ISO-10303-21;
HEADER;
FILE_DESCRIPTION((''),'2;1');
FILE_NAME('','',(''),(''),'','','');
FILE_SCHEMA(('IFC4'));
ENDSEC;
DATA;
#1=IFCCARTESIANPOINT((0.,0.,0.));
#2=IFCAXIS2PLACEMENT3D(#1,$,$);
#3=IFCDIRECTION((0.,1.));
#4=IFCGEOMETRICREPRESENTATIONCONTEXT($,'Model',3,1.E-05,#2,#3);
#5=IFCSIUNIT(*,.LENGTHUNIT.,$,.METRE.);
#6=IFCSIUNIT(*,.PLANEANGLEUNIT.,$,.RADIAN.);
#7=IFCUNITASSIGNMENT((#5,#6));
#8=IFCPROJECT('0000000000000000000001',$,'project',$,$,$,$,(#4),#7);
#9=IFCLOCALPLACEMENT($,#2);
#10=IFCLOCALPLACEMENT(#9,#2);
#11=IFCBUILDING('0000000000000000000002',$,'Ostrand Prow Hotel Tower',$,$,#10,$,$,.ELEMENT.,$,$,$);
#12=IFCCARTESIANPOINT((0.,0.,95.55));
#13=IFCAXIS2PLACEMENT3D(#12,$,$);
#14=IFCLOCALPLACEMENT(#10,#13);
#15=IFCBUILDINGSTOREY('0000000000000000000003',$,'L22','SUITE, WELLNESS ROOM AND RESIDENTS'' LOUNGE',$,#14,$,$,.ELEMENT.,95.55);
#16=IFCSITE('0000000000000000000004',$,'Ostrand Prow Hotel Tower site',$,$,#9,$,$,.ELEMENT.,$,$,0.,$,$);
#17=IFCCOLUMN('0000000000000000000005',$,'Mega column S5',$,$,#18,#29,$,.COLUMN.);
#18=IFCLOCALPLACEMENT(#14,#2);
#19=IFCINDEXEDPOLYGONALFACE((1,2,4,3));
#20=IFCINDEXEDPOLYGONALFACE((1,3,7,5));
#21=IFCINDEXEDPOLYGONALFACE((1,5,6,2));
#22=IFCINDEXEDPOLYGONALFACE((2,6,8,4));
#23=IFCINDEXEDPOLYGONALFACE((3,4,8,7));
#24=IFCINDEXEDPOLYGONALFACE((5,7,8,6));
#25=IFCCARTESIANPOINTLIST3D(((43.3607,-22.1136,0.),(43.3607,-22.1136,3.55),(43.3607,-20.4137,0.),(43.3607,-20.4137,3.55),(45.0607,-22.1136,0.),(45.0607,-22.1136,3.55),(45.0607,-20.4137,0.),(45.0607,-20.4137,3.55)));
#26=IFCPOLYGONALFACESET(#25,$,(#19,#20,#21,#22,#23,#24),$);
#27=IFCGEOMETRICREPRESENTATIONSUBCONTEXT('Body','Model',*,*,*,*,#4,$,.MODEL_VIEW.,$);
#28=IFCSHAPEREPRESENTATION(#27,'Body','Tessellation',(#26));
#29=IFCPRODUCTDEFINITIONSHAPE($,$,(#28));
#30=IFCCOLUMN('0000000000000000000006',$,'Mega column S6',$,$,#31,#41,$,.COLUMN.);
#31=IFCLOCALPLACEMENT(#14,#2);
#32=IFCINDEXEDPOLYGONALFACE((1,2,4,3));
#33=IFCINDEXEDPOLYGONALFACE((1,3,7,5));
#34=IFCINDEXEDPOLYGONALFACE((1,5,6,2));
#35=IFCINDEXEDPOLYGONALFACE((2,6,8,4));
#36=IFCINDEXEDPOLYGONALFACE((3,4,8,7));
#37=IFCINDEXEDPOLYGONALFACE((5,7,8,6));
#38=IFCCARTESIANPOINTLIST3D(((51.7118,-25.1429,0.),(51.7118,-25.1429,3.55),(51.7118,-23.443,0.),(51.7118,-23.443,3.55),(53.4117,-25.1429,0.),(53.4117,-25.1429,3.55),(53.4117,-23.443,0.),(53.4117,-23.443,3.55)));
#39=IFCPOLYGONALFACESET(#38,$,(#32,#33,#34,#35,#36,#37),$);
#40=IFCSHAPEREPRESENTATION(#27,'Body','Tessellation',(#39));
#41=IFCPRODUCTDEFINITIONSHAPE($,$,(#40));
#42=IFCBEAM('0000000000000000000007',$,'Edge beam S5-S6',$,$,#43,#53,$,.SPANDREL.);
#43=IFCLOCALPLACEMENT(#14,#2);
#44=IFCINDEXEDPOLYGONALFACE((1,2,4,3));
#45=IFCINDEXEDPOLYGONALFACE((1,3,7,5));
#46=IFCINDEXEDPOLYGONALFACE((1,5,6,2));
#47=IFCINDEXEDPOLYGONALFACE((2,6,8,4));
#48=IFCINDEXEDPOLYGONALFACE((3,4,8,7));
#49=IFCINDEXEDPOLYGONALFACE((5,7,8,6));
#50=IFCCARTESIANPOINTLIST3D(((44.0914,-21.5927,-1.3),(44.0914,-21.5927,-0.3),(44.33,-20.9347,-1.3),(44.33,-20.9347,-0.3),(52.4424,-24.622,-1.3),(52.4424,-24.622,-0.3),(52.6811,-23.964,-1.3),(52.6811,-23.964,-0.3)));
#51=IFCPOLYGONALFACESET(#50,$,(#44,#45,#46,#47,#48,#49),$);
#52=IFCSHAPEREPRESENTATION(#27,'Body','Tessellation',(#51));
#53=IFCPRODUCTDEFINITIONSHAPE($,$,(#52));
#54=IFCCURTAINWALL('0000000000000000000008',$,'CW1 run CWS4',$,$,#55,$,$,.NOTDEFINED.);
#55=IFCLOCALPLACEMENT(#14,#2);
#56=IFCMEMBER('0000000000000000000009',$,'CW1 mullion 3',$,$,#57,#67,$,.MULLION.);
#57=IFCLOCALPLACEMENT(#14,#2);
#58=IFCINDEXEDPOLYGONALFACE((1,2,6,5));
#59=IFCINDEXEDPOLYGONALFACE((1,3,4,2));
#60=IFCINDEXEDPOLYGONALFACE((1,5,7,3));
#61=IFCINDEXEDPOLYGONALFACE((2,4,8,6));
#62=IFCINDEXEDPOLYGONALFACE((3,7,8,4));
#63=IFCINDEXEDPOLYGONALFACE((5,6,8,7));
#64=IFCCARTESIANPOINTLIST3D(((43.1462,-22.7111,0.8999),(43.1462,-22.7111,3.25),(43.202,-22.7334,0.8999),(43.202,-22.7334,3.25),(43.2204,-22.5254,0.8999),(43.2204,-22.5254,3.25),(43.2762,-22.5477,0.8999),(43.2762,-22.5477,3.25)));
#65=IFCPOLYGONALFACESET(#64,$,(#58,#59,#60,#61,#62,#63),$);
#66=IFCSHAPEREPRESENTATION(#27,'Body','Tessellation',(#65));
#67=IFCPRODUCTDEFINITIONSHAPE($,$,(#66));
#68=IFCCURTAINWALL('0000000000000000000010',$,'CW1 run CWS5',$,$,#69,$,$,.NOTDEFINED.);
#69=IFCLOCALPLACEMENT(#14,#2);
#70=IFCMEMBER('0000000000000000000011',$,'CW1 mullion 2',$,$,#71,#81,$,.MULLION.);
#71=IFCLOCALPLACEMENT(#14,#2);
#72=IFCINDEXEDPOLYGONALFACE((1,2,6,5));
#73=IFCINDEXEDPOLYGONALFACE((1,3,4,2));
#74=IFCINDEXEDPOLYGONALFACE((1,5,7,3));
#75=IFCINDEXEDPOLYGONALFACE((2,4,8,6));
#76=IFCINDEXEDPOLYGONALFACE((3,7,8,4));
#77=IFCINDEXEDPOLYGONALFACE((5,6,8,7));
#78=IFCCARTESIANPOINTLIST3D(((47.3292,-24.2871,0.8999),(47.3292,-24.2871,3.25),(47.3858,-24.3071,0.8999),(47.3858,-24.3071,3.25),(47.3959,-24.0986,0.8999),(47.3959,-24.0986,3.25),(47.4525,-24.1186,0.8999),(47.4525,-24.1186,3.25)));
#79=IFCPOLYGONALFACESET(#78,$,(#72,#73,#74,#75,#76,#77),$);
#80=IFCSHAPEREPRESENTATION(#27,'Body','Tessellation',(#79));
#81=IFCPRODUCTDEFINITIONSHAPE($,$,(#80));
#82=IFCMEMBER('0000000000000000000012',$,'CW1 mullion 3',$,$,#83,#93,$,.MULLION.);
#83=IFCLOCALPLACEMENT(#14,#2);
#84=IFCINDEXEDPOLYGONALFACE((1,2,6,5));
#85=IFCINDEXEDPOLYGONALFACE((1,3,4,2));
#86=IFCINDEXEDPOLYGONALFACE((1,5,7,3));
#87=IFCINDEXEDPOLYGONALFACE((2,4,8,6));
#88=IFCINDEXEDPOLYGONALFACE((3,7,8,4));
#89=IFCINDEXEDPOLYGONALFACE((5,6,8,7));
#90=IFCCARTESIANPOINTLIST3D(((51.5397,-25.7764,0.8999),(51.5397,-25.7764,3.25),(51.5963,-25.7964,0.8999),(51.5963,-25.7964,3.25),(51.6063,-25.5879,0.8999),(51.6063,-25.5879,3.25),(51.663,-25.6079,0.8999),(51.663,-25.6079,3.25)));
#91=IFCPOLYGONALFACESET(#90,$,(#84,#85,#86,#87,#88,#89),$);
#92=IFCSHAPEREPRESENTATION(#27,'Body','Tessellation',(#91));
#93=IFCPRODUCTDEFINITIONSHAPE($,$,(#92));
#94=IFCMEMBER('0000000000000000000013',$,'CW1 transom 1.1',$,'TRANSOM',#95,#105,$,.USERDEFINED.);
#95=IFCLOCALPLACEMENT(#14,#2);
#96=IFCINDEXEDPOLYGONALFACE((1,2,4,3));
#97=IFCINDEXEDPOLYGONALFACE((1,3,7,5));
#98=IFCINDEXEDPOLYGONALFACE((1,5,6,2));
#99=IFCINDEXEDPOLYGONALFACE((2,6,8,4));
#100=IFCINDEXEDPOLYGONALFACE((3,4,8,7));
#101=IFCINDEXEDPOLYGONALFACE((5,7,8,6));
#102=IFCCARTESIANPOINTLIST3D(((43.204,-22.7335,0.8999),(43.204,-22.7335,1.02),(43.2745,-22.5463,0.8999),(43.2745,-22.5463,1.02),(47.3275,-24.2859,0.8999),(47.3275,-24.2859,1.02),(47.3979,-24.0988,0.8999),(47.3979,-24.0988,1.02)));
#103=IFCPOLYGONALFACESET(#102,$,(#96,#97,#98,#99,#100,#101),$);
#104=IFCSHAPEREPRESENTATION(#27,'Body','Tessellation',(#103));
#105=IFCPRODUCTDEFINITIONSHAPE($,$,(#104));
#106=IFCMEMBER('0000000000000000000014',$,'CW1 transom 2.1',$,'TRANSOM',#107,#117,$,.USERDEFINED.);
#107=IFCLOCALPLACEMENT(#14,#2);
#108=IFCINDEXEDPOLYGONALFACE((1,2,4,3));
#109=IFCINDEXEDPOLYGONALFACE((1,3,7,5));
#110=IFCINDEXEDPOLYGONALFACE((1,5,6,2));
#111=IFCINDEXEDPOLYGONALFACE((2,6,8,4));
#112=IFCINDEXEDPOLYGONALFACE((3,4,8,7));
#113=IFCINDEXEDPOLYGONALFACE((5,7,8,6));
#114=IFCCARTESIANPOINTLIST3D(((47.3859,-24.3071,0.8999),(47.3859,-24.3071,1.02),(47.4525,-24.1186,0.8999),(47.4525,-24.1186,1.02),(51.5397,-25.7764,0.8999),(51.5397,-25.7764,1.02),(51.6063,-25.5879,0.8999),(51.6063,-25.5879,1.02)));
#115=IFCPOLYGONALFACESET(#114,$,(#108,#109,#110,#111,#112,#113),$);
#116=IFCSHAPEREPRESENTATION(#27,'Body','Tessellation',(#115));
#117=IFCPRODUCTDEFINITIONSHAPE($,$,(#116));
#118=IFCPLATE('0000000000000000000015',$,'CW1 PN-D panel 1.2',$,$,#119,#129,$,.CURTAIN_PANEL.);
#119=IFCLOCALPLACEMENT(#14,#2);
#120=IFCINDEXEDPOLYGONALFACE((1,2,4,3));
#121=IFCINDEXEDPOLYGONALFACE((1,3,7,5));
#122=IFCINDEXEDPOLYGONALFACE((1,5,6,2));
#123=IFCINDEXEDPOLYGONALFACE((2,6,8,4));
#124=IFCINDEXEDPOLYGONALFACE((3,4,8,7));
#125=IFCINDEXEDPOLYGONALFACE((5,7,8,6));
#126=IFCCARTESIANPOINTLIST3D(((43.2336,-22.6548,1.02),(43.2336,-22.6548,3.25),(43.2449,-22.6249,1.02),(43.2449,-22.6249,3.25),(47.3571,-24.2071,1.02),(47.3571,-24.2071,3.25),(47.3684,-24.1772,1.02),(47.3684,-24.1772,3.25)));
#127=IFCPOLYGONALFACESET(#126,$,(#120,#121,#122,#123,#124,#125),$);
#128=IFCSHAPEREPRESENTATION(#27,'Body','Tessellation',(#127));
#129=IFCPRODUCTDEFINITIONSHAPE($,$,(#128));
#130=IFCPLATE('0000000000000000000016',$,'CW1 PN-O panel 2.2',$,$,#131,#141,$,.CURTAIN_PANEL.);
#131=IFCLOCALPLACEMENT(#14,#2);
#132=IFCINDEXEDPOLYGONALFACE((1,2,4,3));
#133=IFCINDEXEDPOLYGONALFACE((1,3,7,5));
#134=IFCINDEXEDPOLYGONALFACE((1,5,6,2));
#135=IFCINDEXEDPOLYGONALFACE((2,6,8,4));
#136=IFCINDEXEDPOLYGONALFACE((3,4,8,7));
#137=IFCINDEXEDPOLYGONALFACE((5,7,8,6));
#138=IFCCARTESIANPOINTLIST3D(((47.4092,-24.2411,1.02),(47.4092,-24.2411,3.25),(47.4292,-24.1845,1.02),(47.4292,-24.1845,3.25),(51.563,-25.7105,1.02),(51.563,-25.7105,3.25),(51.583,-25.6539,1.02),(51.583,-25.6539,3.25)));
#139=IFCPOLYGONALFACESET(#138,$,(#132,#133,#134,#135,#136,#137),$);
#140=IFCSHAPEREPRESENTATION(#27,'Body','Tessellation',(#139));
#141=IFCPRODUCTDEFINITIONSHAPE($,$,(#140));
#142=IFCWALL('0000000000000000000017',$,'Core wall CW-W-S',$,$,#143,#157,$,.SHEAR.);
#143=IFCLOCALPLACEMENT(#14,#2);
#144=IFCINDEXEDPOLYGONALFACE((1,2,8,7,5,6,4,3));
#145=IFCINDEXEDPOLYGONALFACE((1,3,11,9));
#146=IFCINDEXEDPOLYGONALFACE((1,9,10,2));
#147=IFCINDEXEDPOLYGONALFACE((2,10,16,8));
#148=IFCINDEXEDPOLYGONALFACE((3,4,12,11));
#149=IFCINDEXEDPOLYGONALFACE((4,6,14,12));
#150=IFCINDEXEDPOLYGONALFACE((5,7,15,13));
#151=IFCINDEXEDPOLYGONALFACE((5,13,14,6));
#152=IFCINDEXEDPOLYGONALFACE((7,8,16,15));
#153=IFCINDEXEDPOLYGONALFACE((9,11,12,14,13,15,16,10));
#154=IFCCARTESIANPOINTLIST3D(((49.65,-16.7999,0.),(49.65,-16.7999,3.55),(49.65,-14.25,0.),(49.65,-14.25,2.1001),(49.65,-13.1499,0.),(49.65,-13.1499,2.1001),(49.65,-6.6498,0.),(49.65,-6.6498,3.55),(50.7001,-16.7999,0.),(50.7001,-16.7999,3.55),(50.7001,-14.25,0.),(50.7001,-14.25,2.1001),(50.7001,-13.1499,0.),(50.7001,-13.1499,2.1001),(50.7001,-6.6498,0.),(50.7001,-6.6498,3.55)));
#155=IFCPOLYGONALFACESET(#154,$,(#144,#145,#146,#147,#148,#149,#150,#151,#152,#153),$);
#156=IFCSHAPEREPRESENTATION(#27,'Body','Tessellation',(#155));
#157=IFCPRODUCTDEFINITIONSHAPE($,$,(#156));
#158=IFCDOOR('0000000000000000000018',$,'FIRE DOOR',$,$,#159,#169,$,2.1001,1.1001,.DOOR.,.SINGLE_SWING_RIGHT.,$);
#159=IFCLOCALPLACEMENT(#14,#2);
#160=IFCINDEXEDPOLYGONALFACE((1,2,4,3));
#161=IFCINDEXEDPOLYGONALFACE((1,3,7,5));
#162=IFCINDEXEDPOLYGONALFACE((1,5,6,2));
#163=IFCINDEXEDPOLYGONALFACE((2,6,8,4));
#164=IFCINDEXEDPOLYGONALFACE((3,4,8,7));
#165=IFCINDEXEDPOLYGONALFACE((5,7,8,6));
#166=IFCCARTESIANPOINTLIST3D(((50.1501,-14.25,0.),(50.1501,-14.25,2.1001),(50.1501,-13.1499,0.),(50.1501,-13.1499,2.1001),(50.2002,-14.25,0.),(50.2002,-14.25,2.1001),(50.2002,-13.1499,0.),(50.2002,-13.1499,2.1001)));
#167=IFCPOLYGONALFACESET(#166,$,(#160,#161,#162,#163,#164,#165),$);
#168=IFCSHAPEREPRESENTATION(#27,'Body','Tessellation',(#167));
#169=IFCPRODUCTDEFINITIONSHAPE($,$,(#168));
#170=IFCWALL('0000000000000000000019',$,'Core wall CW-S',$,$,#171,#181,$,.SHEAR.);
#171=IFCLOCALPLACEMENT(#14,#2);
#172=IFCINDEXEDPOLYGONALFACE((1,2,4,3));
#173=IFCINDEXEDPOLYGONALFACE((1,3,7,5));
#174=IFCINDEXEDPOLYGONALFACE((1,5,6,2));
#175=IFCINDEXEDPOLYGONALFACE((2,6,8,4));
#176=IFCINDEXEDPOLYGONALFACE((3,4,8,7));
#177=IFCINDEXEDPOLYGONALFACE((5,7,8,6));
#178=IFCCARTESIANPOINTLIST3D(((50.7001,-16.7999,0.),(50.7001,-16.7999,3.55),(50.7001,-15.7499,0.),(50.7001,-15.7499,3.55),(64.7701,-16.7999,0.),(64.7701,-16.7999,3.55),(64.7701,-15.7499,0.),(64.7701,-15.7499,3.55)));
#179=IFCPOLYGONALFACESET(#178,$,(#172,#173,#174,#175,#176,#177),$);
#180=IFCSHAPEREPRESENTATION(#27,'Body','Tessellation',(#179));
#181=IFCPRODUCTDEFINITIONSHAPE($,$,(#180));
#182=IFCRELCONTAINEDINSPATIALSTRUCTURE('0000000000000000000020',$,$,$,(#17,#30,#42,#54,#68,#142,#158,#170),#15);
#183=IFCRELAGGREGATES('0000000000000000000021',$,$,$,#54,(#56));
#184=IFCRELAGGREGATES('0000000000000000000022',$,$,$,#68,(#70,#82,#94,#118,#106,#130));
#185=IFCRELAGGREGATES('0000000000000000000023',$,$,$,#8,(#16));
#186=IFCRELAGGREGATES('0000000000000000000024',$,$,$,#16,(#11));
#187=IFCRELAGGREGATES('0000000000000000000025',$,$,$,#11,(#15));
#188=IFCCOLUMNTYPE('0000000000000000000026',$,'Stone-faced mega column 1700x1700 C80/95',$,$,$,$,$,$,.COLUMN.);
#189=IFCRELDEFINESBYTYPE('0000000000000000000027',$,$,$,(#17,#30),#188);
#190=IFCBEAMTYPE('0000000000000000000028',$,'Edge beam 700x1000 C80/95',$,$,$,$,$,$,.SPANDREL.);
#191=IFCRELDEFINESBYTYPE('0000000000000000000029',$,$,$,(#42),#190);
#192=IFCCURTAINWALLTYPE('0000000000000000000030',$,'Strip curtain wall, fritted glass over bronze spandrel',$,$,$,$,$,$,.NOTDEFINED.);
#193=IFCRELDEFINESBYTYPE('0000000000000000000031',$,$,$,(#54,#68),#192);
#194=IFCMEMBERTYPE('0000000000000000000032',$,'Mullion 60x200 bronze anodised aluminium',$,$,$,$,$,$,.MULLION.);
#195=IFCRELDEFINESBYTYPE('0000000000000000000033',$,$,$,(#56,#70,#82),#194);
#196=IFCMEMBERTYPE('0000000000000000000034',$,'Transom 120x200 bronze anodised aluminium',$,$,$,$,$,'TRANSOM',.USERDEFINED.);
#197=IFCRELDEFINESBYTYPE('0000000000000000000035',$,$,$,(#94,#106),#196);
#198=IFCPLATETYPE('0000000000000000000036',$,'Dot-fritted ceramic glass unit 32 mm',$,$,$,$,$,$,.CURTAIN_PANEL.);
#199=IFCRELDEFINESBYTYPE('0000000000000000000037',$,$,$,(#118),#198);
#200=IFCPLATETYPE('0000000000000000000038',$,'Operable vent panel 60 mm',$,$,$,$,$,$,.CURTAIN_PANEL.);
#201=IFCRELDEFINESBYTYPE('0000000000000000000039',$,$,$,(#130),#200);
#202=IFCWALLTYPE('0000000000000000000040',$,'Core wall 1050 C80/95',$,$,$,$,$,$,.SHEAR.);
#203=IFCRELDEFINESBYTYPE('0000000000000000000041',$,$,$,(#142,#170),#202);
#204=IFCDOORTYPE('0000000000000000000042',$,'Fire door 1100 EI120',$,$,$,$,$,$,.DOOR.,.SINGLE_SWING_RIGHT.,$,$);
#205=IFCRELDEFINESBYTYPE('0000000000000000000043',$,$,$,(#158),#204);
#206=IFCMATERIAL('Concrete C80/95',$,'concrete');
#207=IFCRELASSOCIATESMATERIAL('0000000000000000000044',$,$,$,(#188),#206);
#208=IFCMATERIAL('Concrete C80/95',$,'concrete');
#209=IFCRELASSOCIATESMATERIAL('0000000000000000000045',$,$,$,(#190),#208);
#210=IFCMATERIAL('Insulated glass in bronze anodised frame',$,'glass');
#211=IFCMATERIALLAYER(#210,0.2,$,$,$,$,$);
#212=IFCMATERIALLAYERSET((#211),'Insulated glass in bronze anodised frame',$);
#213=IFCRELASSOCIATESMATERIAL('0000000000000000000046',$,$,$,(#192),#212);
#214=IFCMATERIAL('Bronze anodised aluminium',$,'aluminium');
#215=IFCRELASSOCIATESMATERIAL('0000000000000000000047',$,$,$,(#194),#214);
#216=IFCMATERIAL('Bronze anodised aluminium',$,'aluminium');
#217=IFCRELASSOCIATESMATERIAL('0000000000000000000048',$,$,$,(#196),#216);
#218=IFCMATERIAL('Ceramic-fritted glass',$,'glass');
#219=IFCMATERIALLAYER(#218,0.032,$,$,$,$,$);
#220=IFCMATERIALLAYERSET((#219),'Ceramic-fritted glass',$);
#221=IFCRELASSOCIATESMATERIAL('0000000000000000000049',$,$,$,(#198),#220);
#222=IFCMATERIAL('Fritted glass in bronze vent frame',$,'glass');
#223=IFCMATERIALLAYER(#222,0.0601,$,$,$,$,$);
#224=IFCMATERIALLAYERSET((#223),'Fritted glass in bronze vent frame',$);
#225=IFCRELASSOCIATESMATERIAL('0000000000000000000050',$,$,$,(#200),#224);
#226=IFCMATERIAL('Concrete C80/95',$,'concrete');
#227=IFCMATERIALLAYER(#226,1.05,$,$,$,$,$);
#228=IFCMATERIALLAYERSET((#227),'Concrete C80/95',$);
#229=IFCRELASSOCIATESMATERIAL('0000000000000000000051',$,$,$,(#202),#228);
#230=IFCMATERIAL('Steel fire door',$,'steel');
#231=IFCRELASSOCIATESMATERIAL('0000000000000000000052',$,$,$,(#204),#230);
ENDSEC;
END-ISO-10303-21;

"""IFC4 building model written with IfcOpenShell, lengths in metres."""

from ifc_helpers import new_model, si_unit, direction, frame, frame_2d, origin, origin_2d, place, context, subcontext, project, spatial, rectangle, extrude, material, layer, layer_set, material_profile, profile_set, type_object, element, fill, aggregate, save


model = new_model("IFC4")

# Units and contexts
model_context = context("Model", 3, precision=1e-05, world=origin(), true_north=direction((0.0, 1.0)))
body_context = subcontext(model_context, "Body", "Model", "MODEL_VIEW")
ifc_project = project(units=[si_unit("LENGTHUNIT", "METRE"), si_unit("PLANEANGLEUNIT", "RADIAN")], contexts=[model_context])

# Site, building, storey
site_placement = place(None, origin())
site = spatial("IfcSite", under=ifc_project, at=site_placement, Name="Ostrand Prow Hotel Tower site", CompositionType="ELEMENT", RefElevation=0.0)
building_placement = place(site_placement, origin())
building = spatial("IfcBuilding", under=site, at=building_placement, Name="Ostrand Prow Hotel Tower", CompositionType="ELEMENT")
storey_placement = place(building_placement, frame((0.0, 0.0, 95.55)))
storey = spatial("IfcBuildingStorey", under=building, at=storey_placement, Name="L22", Description="SUITE, WELLNESS ROOM AND RESIDENTS' LOUNGE", CompositionType="ELEMENT", Elevation=95.55)

# Columns
ifc_material_1 = material(Name="Concrete C80/95", Category="concrete")
ifc_material_profile_1 = material_profile(ifc_material_1, rectangle(XDim=1.7, YDim=1.7, at=origin_2d()), Name="RC 1700x1700")
ifc_profile_set_1 = profile_set([ifc_material_profile_1], Name="Concrete C80/95")
column_type = type_object("IfcColumnType", Name="Stone-faced mega column 1700x1700 C80/95", PredefinedType="COLUMN", material=ifc_profile_set_1)
for number, where, z_axis, x_axis, name in (
    (1, (44.2107, -21.2637, 0.0), (0.0, 0.0, 1.0), (1.0, 0.0, 0.0), "Mega column S5"),
    (2, (52.5618, -24.293, 0.0), (0.0, 0.0, 1.0), (1.0, 0.0, 0.0), "Mega column S6"),
):
    element("IfcColumn", number, at=place(storey_placement, frame(where, z_axis=z_axis, x_axis=x_axis)), inside=storey, type_object=column_type, Name=name, PredefinedType="COLUMN", context=body_context, shape_type="SweptSolid", body=[
        extrude(rectangle(XDim=1.7, YDim=1.7, at=origin_2d()), origin(), (0.0, 0.0, 1.0), 3.55),
    ])

# Beam
ifc_material_2 = material(Name="Concrete C80/95", Category="concrete")
ifc_material_profile_2 = material_profile(ifc_material_2, rectangle(XDim=0.7, YDim=1.0, at=origin_2d()), Name="RC 700x1000")
ifc_profile_set_2 = profile_set([ifc_material_profile_2], Name="Concrete C80/95")
beam_type = type_object("IfcBeamType", Name="Edge beam 700x1000 C80/95", PredefinedType="SPANDREL", material=ifc_profile_set_2)
beam_placement = place(storey_placement, frame((44.2107, -21.2637, -0.8), z_axis=(0.940063, -0.341002, 0.0), x_axis=(0.341002, 0.940063, 0.0)))
element("IfcBeam", 3, at=beam_placement, inside=storey, type_object=beam_type, Name="Edge beam S5-S6", PredefinedType="SPANDREL", context=body_context, shape_type="SweptSolid", body=[
    extrude(rectangle(XDim=0.7, YDim=1.0, at=origin_2d()), origin(), (0.0, 0.0, 1.0), 8.8835),
])

# Curtain wall, member
ifc_material_3 = material(Name="Insulated glass in bronze anodised frame", Category="glass")
ifc_layer_1 = layer(ifc_material_3, 0.2)
ifc_layer_set_1 = layer_set([ifc_layer_1], Name="Insulated glass in bronze anodised frame")
curtain_wall_type = type_object("IfcCurtainWallType", Name="Strip curtain wall, fritted glass over bronze spandrel", PredefinedType="NOTDEFINED", material=ifc_layer_set_1)
curtain_wall_1_placement = place(storey_placement, origin())
curtain_wall_1 = element("IfcCurtainWall", 4, at=curtain_wall_1_placement, inside=storey, type_object=curtain_wall_type, Name="CW1 run CWS4", PredefinedType="NOTDEFINED")
ifc_material_4 = material(Name="Bronze anodised aluminium", Category="aluminium")
ifc_material_profile_3 = material_profile(ifc_material_4, rectangle(XDim=0.2, YDim=0.0601, at=origin_2d()), Name="Mullion 60x200 bronze anodised aluminium")
ifc_profile_set_3 = profile_set([ifc_material_profile_3], Name="Bronze anodised aluminium")
member_type_1 = type_object("IfcMemberType", Name="Mullion 60x200 bronze anodised aluminium", PredefinedType="MULLION", material=ifc_profile_set_3)
member_1_placement = place(storey_placement, frame((43.2112, -22.6294, 0.8999), z_axis=(0.0, 0.0, 1.0), x_axis=(0.370982, 0.92864, 0.0)))
member_1 = element("IfcMember", 5, at=member_1_placement, type_object=member_type_1, Name="CW1 mullion 3", PredefinedType="MULLION", context=body_context, shape_type="SweptSolid", body=[
    extrude(rectangle(XDim=0.2, YDim=0.0601, at=origin_2d()), origin(), (0.0, 0.0, 1.0), 2.3501),
])
aggregate(curtain_wall_1, [member_1])

# Curtain wall, members, plates
curtain_wall_2_placement = place(storey_placement, origin())
curtain_wall_2 = element("IfcCurtainWall", 6, at=curtain_wall_2_placement, inside=storey, type_object=curtain_wall_type, Name="CW1 run CWS5", PredefinedType="NOTDEFINED")
member_2_placement = place(storey_placement, frame((47.3909, -24.2029, 0.8999), z_axis=(0.0, 0.0, 1.0), x_axis=(0.333496, 0.942752, 0.0)))
member_2 = element("IfcMember", 7, at=member_2_placement, type_object=member_type_1, Name="CW1 mullion 2", PredefinedType="MULLION", context=body_context, shape_type="SweptSolid", body=[
    extrude(rectangle(XDim=0.2, YDim=0.0601, at=origin_2d()), origin(), (0.0, 0.0, 1.0), 2.3501),
])
member_3_placement = place(storey_placement, frame((51.6013, -25.6921, 0.8999), z_axis=(0.0, 0.0, 1.0), x_axis=(0.333496, 0.942752, 0.0)))
member_3 = element("IfcMember", 8, at=member_3_placement, type_object=member_type_1, Name="CW1 mullion 3", PredefinedType="MULLION", context=body_context, shape_type="SweptSolid", body=[
    extrude(rectangle(XDim=0.2, YDim=0.0601, at=origin_2d()), origin(), (0.0, 0.0, 1.0), 2.3501),
])
ifc_material_5 = material(Name="Bronze anodised aluminium", Category="aluminium")
ifc_material_profile_4 = material_profile(ifc_material_5, rectangle(XDim=0.2, YDim=0.1201, at=origin_2d()), Name="Transom 120x200 bronze anodised aluminium")
ifc_profile_set_4 = profile_set([ifc_material_profile_4], Name="Bronze anodised aluminium")
member_type_2 = type_object("IfcMemberType", Name="Transom 120x200 bronze anodised aluminium", ElementType="TRANSOM", PredefinedType="USERDEFINED", material=ifc_profile_set_4)
member_4_placement = place(storey_placement, frame((43.2393, -22.6399, 0.96), z_axis=(0.935868, -0.35235, 0.0), x_axis=(0.35235, 0.935868, 0.0)))
member_4 = element("IfcMember", 9, at=member_4_placement, type_object=member_type_2, Name="CW1 transom 1.1", ObjectType="TRANSOM", PredefinedType="USERDEFINED", context=body_context, shape_type="SweptSolid", body=[
    extrude(rectangle(XDim=0.2, YDim=0.1201, at=origin_2d()), origin(), (0.0, 0.0, 1.0), 4.406),
])
member_5_placement = place(storey_placement, frame((47.4192, -24.2129, 0.96), z_axis=(0.942763, -0.333463, 0.0), x_axis=(0.333463, 0.942763, 0.0)))
member_5 = element("IfcMember", 10, at=member_5_placement, type_object=member_type_2, Name="CW1 transom 2.1", ObjectType="TRANSOM", PredefinedType="USERDEFINED", context=body_context, shape_type="SweptSolid", body=[
    extrude(rectangle(XDim=0.2, YDim=0.1201, at=origin_2d()), origin(), (0.0, 0.0, 1.0), 4.406),
])
ifc_material_6 = material(Name="Ceramic-fritted glass", Category="glass")
ifc_layer_2 = layer(ifc_material_6, 0.032)
ifc_layer_set_2 = layer_set([ifc_layer_2], Name="Ceramic-fritted glass")
plate_type_1 = type_object("IfcPlateType", Name="Dot-fritted ceramic glass unit 32 mm", PredefinedType="CURTAIN_PANEL", material=ifc_layer_set_2)
plate_1_placement = place(storey_placement, frame((45.301, -23.416, 1.02), z_axis=(0.0, 0.0, 1.0), x_axis=(0.935884, -0.352309, 0.0)))
plate_1 = element("IfcPlate", 11, at=plate_1_placement, type_object=plate_type_1, Name="CW1 PN-D panel 1.2", PredefinedType="CURTAIN_PANEL", context=body_context, shape_type="SweptSolid", body=[
    extrude(rectangle(XDim=4.406, YDim=0.032, at=origin_2d()), origin(), (0.0, 0.0, 1.0), 2.23),
])
ifc_material_7 = material(Name="Fritted glass in bronze vent frame", Category="glass")
ifc_layer_3 = layer(ifc_material_7, 0.0601)
ifc_layer_set_3 = layer_set([ifc_layer_3], Name="Fritted glass in bronze vent frame")
plate_type_2 = type_object("IfcPlateType", Name="Operable vent panel 60 mm", PredefinedType="CURTAIN_PANEL", material=ifc_layer_set_3)
plate_2_placement = place(storey_placement, frame((49.4961, -24.9475, 1.02), z_axis=(0.0, 0.0, 1.0), x_axis=(0.942752, -0.333496, 0.0)))
plate_2 = element("IfcPlate", 12, at=plate_2_placement, type_object=plate_type_2, Name="CW1 PN-O panel 2.2", PredefinedType="CURTAIN_PANEL", context=body_context, shape_type="SweptSolid", body=[
    extrude(rectangle(XDim=4.406, YDim=0.0601, at=origin_2d()), origin(), (0.0, 0.0, 1.0), 2.23),
])
aggregate(curtain_wall_2, [member_2, member_3, member_4, plate_1, member_5, plate_2])

# Wall, opening, door
ifc_material_8 = material(Name="Concrete C80/95", Category="concrete")
ifc_layer_4 = layer(ifc_material_8, 1.05)
ifc_layer_set_4 = layer_set([ifc_layer_4], Name="Concrete C80/95")
wall_type_1 = type_object("IfcWallType", Name="Core wall 1050 C80/95", PredefinedType="SHEAR", material=ifc_layer_set_4)
wall_1_placement = place(storey_placement, frame((50.175, -16.8, 0.0), z_axis=(0.0, 0.0, 1.0), x_axis=(0.0, 1.0, 0.0)))
wall_1 = element("IfcWall", 13, at=wall_1_placement, inside=storey, type_object=wall_type_1, Name="Core wall CW-W-S", PredefinedType="SHEAR", context=body_context, shape_type="SweptSolid", body=[
    extrude(rectangle(XDim=10.1501, YDim=1.05, at=frame_2d((5.0752, 0.0))), origin(), (0.0, 0.0, 1.0), 3.55),
])
opening_1_placement = place(wall_1_placement, frame((2.55, 0.0, 0.0)))
opening_1 = element("IfcOpeningElement", 14, at=opening_1_placement, cuts=wall_1, PredefinedType="OPENING", context=body_context, shape_type="SweptSolid", body=[
    extrude(rectangle(XDim=1.1001, YDim=2.1001, at=frame_2d((0.55, 1.05))), frame((0.0, 0.5349, 0.0), z_axis=(0.0, -1.0, 0.0), x_axis=(1.0, 0.0, 0.0)), (0.0, 0.0, 1.0), 1.0701),
])
ifc_material_9 = material(Name="Steel fire door", Category="steel")
door_type_1 = type_object("IfcDoorType", Name="Fire door 1100 EI120", OperationType="SINGLE_SWING_RIGHT", PredefinedType="DOOR", material=ifc_material_9)
door_1_placement = place(opening_1_placement, origin())
door_1 = element("IfcDoor", 15, at=door_1_placement, inside=storey, type_object=door_type_1, Name="FIRE DOOR", OperationType="SINGLE_SWING_RIGHT", OverallHeight=2.1001, OverallWidth=1.1001, PredefinedType="DOOR", context=body_context, shape_type="SweptSolid", body=[
    extrude(rectangle(XDim=1.1001, YDim=2.1001, at=frame_2d((0.55, 1.05))), frame((0.0, 0.0249, 0.0), z_axis=(0.0, -1.0, 0.0), x_axis=(1.0, 0.0, 0.0)), (0.0, 0.0, 1.0), 0.05),
])
fill(opening_1, door_1)

# Wall
wall_2_placement = place(storey_placement, frame((50.7, -16.2749, 0.0), z_axis=(0.0, 0.0, 1.0), x_axis=(1.0, 0.0, 0.0)))
element("IfcWall", 16, at=wall_2_placement, inside=storey, type_object=wall_type_1, Name="Core wall CW-S", PredefinedType="SHEAR", context=body_context, shape_type="SweptSolid", body=[
    extrude(rectangle(XDim=14.0701, YDim=1.05, at=frame_2d((7.0352, 0.0))), origin(), (0.0, 0.0, 1.0), 3.55),
])

save(model, "model.ifc")
